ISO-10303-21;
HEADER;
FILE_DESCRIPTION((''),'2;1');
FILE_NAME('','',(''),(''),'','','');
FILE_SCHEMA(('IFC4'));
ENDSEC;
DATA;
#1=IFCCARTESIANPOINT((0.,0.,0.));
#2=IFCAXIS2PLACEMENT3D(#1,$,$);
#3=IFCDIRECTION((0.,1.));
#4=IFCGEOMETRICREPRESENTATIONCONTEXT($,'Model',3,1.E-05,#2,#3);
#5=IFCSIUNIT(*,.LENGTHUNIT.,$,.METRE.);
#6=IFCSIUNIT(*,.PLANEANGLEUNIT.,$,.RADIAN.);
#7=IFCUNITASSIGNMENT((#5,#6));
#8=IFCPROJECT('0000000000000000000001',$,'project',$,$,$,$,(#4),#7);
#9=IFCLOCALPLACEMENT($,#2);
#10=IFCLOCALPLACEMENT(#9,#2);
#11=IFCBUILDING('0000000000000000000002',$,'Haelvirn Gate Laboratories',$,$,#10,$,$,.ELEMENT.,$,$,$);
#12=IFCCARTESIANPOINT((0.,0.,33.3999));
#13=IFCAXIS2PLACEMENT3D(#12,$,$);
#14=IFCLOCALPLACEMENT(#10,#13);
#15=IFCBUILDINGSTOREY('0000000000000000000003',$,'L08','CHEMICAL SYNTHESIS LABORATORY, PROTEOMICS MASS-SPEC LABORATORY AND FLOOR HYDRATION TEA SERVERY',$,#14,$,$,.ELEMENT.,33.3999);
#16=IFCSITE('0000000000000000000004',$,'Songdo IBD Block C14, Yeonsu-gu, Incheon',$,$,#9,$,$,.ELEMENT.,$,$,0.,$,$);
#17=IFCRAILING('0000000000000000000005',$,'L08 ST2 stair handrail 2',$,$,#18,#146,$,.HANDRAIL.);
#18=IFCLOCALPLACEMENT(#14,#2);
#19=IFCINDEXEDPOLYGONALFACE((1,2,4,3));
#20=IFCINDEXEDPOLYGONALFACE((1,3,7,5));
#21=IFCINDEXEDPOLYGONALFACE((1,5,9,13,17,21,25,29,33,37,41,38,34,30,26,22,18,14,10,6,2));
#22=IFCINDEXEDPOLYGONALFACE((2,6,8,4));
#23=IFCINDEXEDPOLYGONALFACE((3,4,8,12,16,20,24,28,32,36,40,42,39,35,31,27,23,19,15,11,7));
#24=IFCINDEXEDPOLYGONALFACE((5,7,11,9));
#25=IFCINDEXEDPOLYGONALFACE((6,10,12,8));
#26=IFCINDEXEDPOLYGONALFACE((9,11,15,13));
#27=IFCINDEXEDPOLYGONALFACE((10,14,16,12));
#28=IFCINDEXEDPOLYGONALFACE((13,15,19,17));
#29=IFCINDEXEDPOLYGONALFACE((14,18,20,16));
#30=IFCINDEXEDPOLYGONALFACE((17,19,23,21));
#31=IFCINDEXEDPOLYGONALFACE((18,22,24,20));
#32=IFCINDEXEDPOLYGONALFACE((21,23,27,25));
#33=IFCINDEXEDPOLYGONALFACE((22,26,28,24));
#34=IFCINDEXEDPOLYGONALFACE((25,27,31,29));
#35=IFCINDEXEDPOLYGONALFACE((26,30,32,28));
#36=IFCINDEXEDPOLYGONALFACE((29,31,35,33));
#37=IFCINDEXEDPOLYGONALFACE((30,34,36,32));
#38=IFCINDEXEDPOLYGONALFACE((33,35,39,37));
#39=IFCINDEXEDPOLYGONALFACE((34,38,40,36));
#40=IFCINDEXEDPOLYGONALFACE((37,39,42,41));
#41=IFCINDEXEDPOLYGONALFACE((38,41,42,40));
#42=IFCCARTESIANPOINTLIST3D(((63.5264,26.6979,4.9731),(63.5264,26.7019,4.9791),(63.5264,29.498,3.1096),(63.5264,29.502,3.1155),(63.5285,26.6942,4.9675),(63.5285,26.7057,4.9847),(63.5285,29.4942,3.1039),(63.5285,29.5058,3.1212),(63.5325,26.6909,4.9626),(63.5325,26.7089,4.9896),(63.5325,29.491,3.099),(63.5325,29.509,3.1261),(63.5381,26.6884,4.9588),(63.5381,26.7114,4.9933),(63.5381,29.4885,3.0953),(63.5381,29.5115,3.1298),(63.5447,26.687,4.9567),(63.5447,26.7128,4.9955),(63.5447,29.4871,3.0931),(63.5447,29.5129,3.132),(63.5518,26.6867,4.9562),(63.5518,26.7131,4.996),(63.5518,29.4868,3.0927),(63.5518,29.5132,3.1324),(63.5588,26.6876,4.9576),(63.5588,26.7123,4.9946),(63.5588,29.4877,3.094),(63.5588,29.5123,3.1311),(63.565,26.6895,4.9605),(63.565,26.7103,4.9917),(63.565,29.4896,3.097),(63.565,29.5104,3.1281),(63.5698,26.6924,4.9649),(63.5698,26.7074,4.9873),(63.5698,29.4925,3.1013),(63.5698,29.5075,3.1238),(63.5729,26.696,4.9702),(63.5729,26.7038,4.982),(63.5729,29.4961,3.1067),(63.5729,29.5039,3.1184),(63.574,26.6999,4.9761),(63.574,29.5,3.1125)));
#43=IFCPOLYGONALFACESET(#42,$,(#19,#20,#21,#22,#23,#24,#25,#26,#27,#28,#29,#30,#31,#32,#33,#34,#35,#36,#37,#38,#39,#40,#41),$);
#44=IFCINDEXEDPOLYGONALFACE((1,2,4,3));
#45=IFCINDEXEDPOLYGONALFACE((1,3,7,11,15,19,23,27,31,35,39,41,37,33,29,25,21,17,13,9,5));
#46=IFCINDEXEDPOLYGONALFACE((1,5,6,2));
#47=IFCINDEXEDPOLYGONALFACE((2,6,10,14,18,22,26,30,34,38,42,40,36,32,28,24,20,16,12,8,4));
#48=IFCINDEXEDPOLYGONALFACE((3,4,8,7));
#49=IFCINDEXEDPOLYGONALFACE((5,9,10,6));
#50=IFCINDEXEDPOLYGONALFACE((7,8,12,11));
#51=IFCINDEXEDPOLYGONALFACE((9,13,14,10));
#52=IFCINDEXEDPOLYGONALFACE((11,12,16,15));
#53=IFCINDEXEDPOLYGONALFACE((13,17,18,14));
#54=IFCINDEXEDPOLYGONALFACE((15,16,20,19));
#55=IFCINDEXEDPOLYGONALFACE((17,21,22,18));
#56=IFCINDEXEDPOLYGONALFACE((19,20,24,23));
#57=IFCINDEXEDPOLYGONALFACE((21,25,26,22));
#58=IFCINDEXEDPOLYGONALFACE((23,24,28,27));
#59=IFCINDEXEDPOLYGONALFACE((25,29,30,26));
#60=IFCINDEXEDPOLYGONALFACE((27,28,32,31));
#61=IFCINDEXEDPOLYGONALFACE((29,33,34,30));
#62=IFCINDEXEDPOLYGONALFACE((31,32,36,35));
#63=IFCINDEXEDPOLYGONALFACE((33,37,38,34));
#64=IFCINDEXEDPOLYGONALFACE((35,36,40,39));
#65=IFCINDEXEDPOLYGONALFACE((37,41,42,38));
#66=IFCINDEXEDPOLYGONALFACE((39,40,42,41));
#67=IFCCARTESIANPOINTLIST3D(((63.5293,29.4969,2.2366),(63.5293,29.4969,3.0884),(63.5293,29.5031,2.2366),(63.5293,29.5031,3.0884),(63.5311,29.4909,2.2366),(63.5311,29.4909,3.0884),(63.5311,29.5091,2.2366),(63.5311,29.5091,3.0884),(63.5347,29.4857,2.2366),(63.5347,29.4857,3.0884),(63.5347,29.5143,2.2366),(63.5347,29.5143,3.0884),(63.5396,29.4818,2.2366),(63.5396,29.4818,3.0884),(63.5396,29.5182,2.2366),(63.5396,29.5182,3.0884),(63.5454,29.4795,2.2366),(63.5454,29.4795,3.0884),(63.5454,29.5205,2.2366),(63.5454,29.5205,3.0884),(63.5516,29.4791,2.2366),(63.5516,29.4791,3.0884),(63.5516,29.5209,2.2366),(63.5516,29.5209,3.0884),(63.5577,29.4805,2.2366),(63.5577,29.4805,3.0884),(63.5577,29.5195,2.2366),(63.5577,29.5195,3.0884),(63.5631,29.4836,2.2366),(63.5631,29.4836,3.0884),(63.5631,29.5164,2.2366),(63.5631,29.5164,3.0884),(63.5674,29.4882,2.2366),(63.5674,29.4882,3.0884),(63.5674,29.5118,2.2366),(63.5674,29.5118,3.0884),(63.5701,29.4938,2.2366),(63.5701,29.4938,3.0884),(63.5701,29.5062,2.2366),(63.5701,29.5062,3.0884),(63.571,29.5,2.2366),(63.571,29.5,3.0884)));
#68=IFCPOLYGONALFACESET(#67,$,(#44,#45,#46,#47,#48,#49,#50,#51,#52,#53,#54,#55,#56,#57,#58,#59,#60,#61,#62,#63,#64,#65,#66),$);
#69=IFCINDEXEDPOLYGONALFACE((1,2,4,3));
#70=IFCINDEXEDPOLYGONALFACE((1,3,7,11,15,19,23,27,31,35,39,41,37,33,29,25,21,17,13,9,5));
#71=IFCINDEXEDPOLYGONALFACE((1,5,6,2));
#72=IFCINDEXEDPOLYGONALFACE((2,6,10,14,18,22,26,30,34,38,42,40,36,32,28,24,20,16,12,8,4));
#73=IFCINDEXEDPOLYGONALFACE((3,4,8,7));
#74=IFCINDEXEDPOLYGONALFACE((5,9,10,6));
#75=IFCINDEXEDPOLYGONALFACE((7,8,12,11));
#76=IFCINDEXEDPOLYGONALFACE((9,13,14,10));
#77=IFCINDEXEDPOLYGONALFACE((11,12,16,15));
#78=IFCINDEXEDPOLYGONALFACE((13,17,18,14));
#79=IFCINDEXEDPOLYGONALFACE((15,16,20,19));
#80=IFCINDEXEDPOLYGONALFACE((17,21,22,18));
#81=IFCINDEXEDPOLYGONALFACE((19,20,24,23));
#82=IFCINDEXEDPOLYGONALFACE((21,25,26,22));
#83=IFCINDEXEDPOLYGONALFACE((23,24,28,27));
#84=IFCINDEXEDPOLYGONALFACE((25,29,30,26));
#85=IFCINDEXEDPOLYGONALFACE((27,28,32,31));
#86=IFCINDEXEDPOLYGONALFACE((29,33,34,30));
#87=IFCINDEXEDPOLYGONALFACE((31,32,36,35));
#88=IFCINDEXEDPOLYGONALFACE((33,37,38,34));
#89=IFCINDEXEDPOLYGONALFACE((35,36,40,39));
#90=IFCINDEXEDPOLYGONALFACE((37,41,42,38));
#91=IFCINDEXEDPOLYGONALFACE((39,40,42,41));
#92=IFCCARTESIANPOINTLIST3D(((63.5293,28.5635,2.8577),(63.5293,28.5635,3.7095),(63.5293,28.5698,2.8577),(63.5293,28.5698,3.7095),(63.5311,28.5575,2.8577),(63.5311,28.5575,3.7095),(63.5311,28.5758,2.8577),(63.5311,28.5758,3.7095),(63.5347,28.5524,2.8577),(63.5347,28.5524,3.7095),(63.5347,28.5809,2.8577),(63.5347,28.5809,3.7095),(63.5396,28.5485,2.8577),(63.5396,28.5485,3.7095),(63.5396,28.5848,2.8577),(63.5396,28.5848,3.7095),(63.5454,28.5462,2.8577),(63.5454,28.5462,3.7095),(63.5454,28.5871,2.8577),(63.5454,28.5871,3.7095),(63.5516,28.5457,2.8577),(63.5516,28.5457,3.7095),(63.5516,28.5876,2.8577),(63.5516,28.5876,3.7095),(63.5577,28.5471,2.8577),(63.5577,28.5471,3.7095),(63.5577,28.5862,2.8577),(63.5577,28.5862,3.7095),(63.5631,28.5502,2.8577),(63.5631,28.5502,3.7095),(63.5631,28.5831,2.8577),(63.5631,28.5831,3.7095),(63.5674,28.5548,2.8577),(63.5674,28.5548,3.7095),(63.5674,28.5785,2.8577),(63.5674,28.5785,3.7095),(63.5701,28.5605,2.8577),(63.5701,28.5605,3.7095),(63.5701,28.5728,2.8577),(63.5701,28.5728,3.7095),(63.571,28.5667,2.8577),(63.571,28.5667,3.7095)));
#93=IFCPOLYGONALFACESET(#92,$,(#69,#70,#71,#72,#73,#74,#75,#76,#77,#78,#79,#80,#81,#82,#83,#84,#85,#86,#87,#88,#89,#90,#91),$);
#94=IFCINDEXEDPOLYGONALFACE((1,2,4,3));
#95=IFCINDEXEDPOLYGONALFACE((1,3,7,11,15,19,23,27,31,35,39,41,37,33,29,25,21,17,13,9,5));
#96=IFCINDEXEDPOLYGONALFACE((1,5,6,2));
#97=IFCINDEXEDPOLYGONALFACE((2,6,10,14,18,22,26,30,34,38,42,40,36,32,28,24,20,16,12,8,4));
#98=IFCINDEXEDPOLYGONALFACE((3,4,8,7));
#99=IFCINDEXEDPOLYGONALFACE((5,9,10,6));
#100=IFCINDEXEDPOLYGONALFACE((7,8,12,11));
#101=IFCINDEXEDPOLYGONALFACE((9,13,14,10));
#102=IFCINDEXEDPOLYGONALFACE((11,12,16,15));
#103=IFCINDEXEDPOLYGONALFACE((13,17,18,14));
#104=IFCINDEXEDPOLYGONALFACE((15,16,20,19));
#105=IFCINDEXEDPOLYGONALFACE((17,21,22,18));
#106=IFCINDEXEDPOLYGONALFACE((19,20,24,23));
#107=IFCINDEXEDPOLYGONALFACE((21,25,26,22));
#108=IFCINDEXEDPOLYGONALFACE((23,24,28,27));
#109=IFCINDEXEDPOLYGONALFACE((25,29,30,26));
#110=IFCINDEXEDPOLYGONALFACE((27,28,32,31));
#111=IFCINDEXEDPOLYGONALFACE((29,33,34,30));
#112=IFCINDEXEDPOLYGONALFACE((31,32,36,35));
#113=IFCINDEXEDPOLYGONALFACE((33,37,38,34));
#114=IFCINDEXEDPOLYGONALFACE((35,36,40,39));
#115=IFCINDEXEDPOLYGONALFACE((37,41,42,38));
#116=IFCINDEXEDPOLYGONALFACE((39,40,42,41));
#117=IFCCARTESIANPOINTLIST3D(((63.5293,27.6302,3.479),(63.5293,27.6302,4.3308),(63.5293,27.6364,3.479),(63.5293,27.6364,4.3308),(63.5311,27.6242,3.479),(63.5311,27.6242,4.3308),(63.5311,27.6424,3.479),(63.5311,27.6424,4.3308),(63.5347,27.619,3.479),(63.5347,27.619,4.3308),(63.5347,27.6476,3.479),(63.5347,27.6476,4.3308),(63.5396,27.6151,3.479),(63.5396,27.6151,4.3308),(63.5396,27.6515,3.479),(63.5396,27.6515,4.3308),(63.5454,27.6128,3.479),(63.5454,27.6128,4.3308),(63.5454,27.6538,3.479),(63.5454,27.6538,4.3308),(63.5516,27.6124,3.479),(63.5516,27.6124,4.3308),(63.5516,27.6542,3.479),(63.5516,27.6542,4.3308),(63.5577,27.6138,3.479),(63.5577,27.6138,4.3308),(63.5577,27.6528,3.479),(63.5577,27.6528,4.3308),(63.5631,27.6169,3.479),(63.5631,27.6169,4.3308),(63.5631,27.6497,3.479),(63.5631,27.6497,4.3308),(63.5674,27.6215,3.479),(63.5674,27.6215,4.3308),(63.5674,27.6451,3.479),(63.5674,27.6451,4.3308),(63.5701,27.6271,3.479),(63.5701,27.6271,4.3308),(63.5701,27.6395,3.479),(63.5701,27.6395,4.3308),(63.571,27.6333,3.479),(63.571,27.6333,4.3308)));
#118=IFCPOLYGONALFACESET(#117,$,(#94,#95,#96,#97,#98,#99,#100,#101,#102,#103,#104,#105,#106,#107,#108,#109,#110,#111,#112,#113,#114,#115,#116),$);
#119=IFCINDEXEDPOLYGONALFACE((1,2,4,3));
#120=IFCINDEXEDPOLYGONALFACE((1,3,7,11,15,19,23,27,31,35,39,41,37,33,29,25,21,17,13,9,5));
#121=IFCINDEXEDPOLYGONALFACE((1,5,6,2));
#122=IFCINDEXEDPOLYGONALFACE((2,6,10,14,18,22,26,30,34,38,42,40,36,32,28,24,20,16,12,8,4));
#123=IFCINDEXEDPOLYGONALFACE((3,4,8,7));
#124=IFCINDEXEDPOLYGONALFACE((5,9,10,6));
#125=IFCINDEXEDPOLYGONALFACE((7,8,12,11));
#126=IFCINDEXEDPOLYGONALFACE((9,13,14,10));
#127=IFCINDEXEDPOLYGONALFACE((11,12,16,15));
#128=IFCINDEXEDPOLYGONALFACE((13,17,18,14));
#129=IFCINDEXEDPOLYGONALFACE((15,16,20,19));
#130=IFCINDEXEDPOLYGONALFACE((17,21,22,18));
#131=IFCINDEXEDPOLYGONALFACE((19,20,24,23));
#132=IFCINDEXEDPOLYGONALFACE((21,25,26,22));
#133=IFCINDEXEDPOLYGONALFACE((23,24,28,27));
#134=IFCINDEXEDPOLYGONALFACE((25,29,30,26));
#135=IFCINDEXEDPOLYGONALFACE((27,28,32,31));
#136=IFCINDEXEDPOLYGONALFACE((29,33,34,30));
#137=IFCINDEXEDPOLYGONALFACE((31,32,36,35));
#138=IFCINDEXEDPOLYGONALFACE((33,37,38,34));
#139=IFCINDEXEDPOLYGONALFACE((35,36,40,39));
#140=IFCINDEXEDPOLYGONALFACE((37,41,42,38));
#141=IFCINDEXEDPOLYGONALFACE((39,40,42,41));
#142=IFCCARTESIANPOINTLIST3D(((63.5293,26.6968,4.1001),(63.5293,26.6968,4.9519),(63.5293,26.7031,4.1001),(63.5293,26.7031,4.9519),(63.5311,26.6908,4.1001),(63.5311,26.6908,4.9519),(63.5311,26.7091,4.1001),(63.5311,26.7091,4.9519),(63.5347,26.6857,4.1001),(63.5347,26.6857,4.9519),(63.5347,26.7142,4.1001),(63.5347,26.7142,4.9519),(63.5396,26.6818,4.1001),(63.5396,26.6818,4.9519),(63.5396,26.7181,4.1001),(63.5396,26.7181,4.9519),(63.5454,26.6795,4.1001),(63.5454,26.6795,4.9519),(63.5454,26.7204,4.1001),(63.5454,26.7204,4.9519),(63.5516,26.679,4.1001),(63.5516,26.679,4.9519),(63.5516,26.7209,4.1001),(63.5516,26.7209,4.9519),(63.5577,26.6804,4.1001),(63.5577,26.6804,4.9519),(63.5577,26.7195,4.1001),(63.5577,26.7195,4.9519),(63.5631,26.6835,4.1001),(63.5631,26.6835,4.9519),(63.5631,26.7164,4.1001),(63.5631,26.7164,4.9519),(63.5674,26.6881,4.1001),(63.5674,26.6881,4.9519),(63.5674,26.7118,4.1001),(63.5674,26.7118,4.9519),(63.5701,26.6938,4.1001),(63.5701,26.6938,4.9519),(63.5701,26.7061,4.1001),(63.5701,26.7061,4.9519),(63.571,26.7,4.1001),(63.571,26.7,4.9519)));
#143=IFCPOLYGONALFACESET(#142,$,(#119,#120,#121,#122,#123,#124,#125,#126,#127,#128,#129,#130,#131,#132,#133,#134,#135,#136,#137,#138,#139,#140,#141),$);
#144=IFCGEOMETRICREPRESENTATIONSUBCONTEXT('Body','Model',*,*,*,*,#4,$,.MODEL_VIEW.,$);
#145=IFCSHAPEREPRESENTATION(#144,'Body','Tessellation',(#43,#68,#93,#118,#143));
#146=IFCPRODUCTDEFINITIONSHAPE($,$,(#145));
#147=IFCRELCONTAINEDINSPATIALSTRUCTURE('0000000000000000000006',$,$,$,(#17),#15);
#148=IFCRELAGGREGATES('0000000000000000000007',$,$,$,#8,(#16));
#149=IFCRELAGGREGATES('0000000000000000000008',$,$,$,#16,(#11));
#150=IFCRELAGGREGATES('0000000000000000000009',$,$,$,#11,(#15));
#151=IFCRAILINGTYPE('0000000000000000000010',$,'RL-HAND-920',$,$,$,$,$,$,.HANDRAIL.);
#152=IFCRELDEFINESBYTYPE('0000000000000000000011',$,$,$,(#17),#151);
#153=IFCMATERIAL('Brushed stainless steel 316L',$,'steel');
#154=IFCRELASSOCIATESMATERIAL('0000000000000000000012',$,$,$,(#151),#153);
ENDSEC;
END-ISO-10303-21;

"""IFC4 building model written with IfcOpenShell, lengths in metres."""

from ifc_helpers import new_model, si_unit, direction, frame, origin, origin_2d, place, context, subcontext, project, spatial, circle, extrude, source, transform, mapped, material, type_object, element, save


model = new_model("IFC4")

# Units and contexts
model_context = context("Model", 3, precision=1e-05, world=origin(), true_north=direction((0.0, 1.0)))
body_context = subcontext(model_context, "Body", "Model", "MODEL_VIEW")
ifc_project = project(units=[si_unit("LENGTHUNIT", "METRE"), si_unit("PLANEANGLEUNIT", "RADIAN")], contexts=[model_context])

# Site, building, storey
site_placement = place(None, origin())
site = spatial("IfcSite", under=ifc_project, at=site_placement, Name="Songdo IBD Block C14, Yeonsu-gu, Incheon", CompositionType="ELEMENT", RefElevation=0.0)
building_placement = place(site_placement, origin())
building = spatial("IfcBuilding", under=site, at=building_placement, Name="Haelvirn Gate Laboratories", CompositionType="ELEMENT")
storey_placement = place(building_placement, frame((0.0, 0.0, 33.3999)))
storey = spatial("IfcBuildingStorey", under=building, at=storey_placement, Name="L08", Description="CHEMICAL SYNTHESIS LABORATORY, PROTEOMICS MASS-SPEC LABORATORY AND FLOOR HYDRATION TEA SERVERY", CompositionType="ELEMENT", Elevation=33.3999)

# Railing
ifc_material_1 = material(Name="Brushed stainless steel 316L", Category="steel")
railing_type_1 = type_object("IfcRailingType", Name="RL-HAND-920", PredefinedType="HANDRAIL", material=ifc_material_1)
shared_shape_1 = source(origin(), body_context, "Body", "SweptSolid", [
    extrude(circle(Radius=0.0239, at=origin_2d()), frame((0.0, 0.0, 0.876), z_axis=(0.0, -0.832486, 0.554047), x_axis=(1.0, 0.0, 0.0)), (0.0, 0.0, 1.0), 3.3635),
    extrude(circle(Radius=0.021, at=origin_2d()), origin(), (0.0, 0.0, 1.0), 0.8518),
    extrude(circle(Radius=0.021, at=origin_2d()), frame((0.0, -0.9333, 0.6211)), (0.0, 0.0, 1.0), 0.8518),
    extrude(circle(Radius=0.021, at=origin_2d()), frame((0.0, -1.8667, 1.2424)), (0.0, 0.0, 1.0), 0.8518),
    extrude(circle(Radius=0.021, at=origin_2d()), frame((0.0, -2.8, 1.8635)), (0.0, 0.0, 1.0), 0.8518),
])
railing_1_placement = place(storey_placement, frame((63.55, 29.5, 2.2366)))
element("IfcRailing", 1, at=railing_1_placement, inside=storey, type_object=railing_type_1, Name="L08 ST2 stair handrail 2", PredefinedType="HANDRAIL", context=body_context, shape_type="MappedRepresentation", body=[
    mapped(shared_shape_1, transform((0.0, 0.0, 0.0), scale=1.0)),
])

save(model, "model.ifc")
